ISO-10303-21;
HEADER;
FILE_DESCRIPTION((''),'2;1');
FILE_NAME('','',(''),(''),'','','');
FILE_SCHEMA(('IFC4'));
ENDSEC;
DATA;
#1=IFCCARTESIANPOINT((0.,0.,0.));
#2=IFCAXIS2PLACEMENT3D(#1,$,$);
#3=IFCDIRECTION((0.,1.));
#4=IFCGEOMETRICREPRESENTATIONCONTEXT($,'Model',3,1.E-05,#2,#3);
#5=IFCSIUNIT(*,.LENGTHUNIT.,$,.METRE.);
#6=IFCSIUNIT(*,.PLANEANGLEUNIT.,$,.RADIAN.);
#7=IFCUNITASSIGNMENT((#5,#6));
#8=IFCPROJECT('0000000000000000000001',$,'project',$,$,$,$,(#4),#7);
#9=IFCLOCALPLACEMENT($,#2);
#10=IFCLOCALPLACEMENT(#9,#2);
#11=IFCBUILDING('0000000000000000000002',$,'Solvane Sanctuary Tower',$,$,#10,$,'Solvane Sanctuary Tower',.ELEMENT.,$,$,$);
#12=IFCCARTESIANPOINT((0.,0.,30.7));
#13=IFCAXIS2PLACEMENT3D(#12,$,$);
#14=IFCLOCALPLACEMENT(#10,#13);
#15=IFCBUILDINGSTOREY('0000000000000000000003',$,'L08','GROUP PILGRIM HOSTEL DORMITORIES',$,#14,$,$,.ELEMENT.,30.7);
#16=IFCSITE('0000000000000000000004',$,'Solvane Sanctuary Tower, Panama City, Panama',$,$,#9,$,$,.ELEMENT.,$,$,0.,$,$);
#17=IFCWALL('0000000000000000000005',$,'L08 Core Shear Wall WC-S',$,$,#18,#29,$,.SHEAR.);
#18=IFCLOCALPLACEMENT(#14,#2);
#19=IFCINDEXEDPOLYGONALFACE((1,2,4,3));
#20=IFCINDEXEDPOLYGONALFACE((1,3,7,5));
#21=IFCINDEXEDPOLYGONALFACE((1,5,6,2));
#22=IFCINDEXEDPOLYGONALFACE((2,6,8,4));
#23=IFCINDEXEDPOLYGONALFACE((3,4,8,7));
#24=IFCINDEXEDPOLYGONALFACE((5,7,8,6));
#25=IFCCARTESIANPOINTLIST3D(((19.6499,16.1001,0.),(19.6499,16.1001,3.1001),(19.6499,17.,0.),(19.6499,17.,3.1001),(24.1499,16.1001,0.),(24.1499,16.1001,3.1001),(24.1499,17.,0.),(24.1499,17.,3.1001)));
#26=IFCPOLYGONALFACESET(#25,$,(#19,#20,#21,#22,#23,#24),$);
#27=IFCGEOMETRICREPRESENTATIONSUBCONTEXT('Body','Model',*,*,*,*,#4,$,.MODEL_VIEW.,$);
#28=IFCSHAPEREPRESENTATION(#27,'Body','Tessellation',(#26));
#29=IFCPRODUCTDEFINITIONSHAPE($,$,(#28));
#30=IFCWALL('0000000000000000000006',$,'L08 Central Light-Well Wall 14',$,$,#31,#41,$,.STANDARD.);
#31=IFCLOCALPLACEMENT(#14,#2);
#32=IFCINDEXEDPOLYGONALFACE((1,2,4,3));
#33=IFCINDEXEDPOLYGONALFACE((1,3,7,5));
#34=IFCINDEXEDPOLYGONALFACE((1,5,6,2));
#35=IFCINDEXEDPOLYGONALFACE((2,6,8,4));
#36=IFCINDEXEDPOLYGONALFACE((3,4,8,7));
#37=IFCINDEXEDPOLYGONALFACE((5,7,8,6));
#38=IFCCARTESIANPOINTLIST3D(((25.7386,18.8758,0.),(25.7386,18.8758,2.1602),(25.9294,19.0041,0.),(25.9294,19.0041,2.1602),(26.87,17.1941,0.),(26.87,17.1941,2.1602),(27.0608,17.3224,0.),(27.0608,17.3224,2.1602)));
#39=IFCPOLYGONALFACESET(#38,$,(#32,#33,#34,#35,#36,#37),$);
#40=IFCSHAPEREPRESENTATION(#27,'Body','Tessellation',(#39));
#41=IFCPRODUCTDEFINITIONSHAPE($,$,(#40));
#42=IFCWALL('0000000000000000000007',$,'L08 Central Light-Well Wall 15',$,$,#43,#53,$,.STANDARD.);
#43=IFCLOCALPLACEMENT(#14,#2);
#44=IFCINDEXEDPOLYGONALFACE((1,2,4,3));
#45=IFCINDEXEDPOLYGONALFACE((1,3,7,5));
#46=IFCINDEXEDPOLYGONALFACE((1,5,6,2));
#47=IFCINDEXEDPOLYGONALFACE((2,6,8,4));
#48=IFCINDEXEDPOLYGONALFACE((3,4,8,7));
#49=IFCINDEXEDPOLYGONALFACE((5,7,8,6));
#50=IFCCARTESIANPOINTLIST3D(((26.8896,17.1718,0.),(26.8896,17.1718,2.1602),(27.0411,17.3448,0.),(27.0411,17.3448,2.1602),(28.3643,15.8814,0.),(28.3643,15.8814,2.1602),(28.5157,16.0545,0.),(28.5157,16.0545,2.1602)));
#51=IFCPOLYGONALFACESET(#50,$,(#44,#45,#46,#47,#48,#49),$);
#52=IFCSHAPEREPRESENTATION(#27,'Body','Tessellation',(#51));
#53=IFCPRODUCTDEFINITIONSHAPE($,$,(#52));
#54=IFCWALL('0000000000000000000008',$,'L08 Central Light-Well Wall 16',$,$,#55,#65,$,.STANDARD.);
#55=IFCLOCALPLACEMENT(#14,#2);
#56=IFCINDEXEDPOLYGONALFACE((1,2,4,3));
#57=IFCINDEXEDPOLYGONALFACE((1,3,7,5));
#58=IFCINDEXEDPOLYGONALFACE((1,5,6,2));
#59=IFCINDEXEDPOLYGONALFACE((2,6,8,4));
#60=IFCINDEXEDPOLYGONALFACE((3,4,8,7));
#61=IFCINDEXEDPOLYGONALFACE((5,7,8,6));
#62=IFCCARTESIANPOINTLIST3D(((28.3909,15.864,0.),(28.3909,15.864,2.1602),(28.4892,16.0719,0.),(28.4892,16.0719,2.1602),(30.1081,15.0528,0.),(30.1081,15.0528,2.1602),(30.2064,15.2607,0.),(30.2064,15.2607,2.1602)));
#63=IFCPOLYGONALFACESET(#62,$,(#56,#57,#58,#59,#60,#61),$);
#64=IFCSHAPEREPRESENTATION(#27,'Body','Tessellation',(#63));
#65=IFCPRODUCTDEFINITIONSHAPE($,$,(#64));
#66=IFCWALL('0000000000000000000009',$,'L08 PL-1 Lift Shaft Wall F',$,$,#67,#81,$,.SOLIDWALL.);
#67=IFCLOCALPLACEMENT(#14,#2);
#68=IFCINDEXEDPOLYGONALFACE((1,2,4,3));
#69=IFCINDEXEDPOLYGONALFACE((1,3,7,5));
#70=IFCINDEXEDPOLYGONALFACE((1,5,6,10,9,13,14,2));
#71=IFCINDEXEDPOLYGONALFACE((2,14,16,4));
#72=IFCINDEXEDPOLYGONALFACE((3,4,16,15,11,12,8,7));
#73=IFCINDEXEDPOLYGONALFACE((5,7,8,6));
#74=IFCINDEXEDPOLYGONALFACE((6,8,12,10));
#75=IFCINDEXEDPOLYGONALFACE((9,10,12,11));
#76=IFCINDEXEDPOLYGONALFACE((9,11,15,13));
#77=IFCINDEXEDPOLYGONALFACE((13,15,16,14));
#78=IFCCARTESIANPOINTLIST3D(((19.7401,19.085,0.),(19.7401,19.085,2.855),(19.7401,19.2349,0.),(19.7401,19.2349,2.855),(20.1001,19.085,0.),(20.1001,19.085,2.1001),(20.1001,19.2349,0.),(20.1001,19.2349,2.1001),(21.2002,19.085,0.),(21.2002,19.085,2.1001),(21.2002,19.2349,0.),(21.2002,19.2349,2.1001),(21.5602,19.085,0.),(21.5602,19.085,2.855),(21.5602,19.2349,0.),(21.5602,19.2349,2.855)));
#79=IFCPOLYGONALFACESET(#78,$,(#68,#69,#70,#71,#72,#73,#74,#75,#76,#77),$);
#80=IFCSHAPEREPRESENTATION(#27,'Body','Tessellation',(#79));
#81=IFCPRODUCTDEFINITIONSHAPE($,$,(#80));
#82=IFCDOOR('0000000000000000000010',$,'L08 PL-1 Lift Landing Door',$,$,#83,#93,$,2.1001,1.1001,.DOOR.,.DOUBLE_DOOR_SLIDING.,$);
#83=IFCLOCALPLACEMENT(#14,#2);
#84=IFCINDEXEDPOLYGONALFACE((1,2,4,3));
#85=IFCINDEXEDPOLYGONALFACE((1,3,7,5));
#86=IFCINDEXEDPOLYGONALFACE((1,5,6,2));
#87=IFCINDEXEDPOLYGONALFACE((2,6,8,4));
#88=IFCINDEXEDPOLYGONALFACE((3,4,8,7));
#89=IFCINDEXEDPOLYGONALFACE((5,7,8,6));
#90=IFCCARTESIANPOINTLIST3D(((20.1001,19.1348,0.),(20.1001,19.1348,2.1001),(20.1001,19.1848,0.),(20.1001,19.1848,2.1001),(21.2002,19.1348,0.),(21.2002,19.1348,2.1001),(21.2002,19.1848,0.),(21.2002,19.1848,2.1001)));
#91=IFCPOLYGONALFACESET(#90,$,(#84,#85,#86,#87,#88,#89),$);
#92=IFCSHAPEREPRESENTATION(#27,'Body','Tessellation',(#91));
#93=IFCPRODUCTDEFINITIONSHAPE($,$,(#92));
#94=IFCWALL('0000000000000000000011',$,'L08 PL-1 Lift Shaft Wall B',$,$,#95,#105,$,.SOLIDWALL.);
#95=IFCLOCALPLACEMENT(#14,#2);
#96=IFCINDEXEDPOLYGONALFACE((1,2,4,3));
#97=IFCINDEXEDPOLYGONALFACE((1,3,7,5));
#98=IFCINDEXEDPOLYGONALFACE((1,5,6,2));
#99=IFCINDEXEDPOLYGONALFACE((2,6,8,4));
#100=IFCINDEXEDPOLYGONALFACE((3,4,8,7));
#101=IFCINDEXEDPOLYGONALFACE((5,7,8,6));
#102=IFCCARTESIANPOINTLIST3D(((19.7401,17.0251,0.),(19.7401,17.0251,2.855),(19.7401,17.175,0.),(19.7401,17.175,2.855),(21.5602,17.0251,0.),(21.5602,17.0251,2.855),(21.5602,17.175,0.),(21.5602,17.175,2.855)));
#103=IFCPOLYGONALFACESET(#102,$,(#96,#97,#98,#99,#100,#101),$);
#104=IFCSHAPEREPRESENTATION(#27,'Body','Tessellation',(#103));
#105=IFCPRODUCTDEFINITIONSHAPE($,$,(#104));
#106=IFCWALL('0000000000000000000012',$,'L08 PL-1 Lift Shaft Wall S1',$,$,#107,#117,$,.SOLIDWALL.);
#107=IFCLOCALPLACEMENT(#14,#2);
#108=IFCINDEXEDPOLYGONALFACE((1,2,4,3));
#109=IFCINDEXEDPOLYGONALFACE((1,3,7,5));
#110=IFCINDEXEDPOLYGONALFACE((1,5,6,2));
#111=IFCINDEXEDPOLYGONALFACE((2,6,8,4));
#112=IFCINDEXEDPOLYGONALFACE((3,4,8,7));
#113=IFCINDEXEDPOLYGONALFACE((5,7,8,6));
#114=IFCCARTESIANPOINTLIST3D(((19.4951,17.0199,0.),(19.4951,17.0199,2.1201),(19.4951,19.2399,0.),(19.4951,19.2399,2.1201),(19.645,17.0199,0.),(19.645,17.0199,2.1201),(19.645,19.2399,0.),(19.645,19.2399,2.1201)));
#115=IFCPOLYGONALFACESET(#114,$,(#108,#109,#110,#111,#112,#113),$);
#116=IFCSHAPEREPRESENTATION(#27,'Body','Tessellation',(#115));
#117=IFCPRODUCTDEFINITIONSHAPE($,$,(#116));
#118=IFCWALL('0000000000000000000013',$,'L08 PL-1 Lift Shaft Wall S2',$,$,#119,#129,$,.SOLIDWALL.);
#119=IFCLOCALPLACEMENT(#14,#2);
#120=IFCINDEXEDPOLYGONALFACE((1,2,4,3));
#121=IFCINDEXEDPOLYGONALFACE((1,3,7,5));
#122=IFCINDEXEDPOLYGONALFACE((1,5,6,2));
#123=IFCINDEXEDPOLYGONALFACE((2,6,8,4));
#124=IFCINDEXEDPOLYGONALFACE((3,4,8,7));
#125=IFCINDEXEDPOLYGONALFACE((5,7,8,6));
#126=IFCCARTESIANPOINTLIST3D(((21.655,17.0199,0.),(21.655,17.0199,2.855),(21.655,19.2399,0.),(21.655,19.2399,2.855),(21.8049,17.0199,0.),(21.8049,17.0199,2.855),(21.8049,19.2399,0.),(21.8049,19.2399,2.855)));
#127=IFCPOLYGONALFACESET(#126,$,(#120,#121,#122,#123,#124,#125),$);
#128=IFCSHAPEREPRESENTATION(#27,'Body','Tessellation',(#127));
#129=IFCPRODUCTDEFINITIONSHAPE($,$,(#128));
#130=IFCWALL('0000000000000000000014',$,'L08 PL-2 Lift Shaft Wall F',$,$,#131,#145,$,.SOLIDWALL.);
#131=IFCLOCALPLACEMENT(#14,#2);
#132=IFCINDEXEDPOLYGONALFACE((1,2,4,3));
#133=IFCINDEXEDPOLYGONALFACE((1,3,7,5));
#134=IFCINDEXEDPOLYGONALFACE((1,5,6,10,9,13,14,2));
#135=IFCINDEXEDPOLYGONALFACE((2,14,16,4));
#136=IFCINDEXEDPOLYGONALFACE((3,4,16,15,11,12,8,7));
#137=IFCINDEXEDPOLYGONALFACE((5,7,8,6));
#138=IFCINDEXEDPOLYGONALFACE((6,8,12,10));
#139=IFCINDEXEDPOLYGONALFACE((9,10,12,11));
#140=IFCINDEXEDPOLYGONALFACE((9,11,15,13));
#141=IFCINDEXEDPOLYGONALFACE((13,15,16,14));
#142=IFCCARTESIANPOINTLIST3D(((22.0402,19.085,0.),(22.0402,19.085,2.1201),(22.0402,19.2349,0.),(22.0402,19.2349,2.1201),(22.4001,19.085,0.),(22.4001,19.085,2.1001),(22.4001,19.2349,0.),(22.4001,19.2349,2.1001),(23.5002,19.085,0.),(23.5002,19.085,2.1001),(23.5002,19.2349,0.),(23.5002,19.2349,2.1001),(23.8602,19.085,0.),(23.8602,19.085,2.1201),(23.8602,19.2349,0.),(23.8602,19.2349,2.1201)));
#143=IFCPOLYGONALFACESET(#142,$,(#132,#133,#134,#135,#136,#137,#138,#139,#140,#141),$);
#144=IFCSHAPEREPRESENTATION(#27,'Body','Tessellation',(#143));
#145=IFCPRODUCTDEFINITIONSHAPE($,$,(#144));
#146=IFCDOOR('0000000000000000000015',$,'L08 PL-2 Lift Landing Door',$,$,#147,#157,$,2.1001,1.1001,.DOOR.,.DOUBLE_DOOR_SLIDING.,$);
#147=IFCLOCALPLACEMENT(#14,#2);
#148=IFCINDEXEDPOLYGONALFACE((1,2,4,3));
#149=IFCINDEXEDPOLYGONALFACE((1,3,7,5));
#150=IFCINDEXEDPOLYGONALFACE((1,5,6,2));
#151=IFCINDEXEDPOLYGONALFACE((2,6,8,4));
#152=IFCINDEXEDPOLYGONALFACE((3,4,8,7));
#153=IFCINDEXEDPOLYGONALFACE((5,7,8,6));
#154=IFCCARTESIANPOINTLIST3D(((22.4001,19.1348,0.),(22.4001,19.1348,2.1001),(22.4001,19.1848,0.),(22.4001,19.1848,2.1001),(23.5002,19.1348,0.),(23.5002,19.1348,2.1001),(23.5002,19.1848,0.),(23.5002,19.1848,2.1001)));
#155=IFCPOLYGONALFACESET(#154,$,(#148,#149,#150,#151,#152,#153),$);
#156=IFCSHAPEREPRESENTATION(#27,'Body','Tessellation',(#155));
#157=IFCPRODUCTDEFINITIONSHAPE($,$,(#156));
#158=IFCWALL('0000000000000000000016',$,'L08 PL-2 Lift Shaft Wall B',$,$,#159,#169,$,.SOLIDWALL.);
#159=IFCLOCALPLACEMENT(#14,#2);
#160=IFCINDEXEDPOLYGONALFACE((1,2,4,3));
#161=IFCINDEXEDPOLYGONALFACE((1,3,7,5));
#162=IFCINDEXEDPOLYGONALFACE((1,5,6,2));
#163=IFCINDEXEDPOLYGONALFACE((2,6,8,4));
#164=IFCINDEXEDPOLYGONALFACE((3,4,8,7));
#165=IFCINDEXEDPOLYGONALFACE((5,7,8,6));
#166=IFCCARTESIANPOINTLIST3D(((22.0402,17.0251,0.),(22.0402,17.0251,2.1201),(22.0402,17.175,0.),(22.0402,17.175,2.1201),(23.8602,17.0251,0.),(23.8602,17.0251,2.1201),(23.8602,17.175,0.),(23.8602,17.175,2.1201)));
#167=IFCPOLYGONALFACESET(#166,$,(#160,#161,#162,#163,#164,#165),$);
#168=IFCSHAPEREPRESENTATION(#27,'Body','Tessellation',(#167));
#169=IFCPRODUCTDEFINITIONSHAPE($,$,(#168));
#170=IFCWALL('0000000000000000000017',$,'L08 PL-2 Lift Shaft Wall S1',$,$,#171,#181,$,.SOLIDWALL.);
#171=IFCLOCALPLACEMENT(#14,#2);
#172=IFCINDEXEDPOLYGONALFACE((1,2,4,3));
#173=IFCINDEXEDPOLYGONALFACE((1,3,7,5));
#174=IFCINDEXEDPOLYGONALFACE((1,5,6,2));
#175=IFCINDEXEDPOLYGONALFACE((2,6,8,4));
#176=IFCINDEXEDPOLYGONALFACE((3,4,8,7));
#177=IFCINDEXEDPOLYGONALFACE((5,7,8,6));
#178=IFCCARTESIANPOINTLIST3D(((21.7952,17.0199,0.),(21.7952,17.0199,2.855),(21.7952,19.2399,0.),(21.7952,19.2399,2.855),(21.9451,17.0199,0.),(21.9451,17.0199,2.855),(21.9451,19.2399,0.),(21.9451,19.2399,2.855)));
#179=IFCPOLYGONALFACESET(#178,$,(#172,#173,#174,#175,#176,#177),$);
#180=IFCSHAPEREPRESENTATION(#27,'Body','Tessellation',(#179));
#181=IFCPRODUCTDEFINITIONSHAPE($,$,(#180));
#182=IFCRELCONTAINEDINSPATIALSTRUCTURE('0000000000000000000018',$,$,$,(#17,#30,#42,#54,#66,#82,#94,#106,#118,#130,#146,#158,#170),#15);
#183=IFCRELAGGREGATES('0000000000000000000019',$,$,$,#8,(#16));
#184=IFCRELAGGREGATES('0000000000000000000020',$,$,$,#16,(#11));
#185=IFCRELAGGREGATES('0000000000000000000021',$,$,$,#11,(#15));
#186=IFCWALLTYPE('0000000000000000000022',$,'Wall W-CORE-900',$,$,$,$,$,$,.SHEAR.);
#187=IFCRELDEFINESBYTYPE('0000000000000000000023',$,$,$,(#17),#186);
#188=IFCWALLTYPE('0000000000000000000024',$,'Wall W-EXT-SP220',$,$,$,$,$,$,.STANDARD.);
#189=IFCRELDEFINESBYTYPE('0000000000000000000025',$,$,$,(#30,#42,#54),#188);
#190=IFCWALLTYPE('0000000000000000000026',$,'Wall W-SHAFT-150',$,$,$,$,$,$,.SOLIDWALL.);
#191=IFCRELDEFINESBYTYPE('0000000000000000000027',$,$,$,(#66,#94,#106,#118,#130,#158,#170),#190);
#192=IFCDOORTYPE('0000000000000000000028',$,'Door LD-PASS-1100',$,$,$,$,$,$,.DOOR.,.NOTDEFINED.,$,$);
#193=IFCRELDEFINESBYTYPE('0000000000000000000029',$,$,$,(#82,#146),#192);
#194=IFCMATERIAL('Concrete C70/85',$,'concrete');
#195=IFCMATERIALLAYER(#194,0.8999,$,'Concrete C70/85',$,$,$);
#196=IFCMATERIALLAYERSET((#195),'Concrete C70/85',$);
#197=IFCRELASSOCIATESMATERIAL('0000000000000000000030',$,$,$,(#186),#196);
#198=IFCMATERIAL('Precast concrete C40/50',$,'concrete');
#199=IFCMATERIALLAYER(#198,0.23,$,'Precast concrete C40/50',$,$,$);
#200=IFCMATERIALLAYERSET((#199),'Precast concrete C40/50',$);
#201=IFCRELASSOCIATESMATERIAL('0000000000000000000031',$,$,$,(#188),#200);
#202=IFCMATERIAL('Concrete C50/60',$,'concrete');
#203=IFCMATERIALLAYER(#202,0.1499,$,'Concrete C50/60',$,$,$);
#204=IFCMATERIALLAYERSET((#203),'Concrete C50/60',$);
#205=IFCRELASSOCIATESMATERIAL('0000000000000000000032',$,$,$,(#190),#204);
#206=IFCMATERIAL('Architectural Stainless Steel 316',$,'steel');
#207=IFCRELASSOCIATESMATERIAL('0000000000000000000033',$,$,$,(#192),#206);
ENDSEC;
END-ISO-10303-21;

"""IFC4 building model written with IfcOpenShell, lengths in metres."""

from ifc_helpers import new_model, si_unit, direction, frame, frame_2d, origin, place, context, subcontext, project, spatial, rectangle, extrude, material, layer, layer_set, type_object, element, fill, save


model = new_model("IFC4")

# Units and contexts
model_context = context("Model", 3, precision=1e-05, world=origin(), true_north=direction((0.0, 1.0)))
body_context = subcontext(model_context, "Body", "Model", "MODEL_VIEW")
ifc_project = project(units=[si_unit("LENGTHUNIT", "METRE"), si_unit("PLANEANGLEUNIT", "RADIAN")], contexts=[model_context])

# Site, building, storey
site_placement = place(None, origin())
site = spatial("IfcSite", under=ifc_project, at=site_placement, Name="Solvane Sanctuary Tower, Panama City, Panama", CompositionType="ELEMENT", RefElevation=0.0)
building_placement = place(site_placement, origin())
building = spatial("IfcBuilding", under=site, at=building_placement, Name="Solvane Sanctuary Tower", LongName="Solvane Sanctuary Tower", CompositionType="ELEMENT")
storey_placement = place(building_placement, frame((0.0, 0.0, 30.7)))
storey = spatial("IfcBuildingStorey", under=building, at=storey_placement, Name="L08", Description="GROUP PILGRIM HOSTEL DORMITORIES", CompositionType="ELEMENT", Elevation=30.7)

# Shared definitions
ifc_material_1 = material(Name="Concrete C70/85", Category="concrete")

# Walls
ifc_layer_1 = layer(ifc_material_1, 0.8999, Name="Concrete C70/85")
ifc_layer_set_1 = layer_set([ifc_layer_1], Name="Concrete C70/85")
wall_type_1 = type_object("IfcWallType", Name="Wall W-CORE-900", PredefinedType="SHEAR", material=ifc_layer_set_1)
wall_1_placement = place(storey_placement, frame((19.6499, 16.55, 0.0), z_axis=(0.0, 0.0, 1.0), x_axis=(1.0, 0.0, 0.0)))
element("IfcWall", 1, at=wall_1_placement, inside=storey, type_object=wall_type_1, Name="L08 Core Shear Wall WC-S", PredefinedType="SHEAR", context=body_context, shape_type="SweptSolid", body=[
    extrude(rectangle(XDim=4.5, YDim=0.8999, at=frame_2d((2.25, 0.0))), origin(), (0.0, 0.0, 1.0), 3.1001),
])
ifc_material_2 = material(Name="Precast concrete C40/50", Category="concrete")
ifc_layer_2 = layer(ifc_material_2, 0.23, Name="Precast concrete C40/50")
ifc_layer_set_2 = layer_set([ifc_layer_2], Name="Precast concrete C40/50")
wall_type_2 = type_object("IfcWallType", Name="Wall W-EXT-SP220", PredefinedType="STANDARD", material=ifc_layer_set_2)
wall_2_placement = place(storey_placement, frame((25.834, 18.9399, 0.0), z_axis=(0.0, 0.0, 1.0), x_axis=(0.558198, -0.829708, 0.0)))
element("IfcWall", 2, at=wall_2_placement, inside=storey, type_object=wall_type_2, Name="L08 Central Light-Well Wall 14", PredefinedType="STANDARD", context=body_context, shape_type="SweptSolid", body=[
    extrude(rectangle(XDim=2.0269, YDim=0.23, at=frame_2d((1.0134, 0.0))), origin(), (0.0, 0.0, 1.0), 2.1602),
])
wall_3_placement = place(storey_placement, frame((26.9653, 17.2583, 0.0), z_axis=(0.0, 0.0, 1.0), x_axis=(0.752577, -0.658505, 0.0)))
element("IfcWall", 3, at=wall_3_placement, inside=storey, type_object=wall_type_2, Name="L08 Central Light-Well Wall 15", PredefinedType="STANDARD", context=body_context, shape_type="SweptSolid", body=[
    extrude(rectangle(XDim=1.9595, YDim=0.23, at=frame_2d((0.9797, 0.0))), origin(), (0.0, 0.0, 1.0), 2.1602),
])
wall_4_placement = place(storey_placement, frame((28.4399, 15.968, 0.0), z_axis=(0.0, 0.0, 1.0), x_axis=(0.90418, -0.427152, 0.0)))
element("IfcWall", 4, at=wall_4_placement, inside=storey, type_object=wall_type_2, Name="L08 Central Light-Well Wall 16", PredefinedType="STANDARD", context=body_context, shape_type="SweptSolid", body=[
    extrude(rectangle(XDim=1.8992, YDim=0.23, at=frame_2d((0.9497, 0.0))), origin(), (0.0, 0.0, 1.0), 2.1602),
])

# Wall, opening, door
ifc_material_3 = material(Name="Concrete C50/60", Category="concrete")
ifc_layer_3 = layer(ifc_material_3, 0.1499, Name="Concrete C50/60")
ifc_layer_set_3 = layer_set([ifc_layer_3], Name="Concrete C50/60")
wall_type_3 = type_object("IfcWallType", Name="Wall W-SHAFT-150", PredefinedType="SOLIDWALL", material=ifc_layer_set_3)
wall_5_placement = place(storey_placement, frame((19.74, 19.1599, 0.0), z_axis=(0.0, 0.0, 1.0), x_axis=(1.0, 0.0, 0.0)))
wall_5 = element("IfcWall", 5, at=wall_5_placement, inside=storey, type_object=wall_type_3, Name="L08 PL-1 Lift Shaft Wall F", PredefinedType="SOLIDWALL", context=body_context, shape_type="SweptSolid", body=[
    extrude(rectangle(XDim=1.8201, YDim=0.1499, at=frame_2d((0.9102, 0.0))), origin(), (0.0, 0.0, 1.0), 2.855),
])
opening_1_placement = place(wall_5_placement, frame((0.3601, 0.0, 0.0)))
opening_1 = element("IfcOpeningElement", 6, at=opening_1_placement, cuts=wall_5, PredefinedType="OPENING", context=body_context, shape_type="SweptSolid", body=[
    extrude(rectangle(XDim=1.1001, YDim=2.1001, at=frame_2d((0.55, 1.05))), frame((0.0, 0.085, 0.0), z_axis=(0.0, -1.0, 0.0), x_axis=(1.0, 0.0, 0.0)), (0.0, 0.0, 1.0), 0.1699),
])
ifc_material_4 = material(Name="Architectural Stainless Steel 316", Category="steel")
door_type = type_object("IfcDoorType", Name="Door LD-PASS-1100", OperationType="NOTDEFINED", PredefinedType="DOOR", material=ifc_material_4)
door_1_placement = place(opening_1_placement, origin())
door_1 = element("IfcDoor", 7, at=door_1_placement, inside=storey, type_object=door_type, Name="L08 PL-1 Lift Landing Door", OperationType="DOUBLE_DOOR_SLIDING", OverallHeight=2.1001, OverallWidth=1.1001, PredefinedType="DOOR", context=body_context, shape_type="SweptSolid", body=[
    extrude(rectangle(XDim=1.1001, YDim=2.1001, at=frame_2d((0.55, 1.05))), frame((0.0, 0.0249, 0.0), z_axis=(0.0, -1.0, 0.0), x_axis=(1.0, 0.0, 0.0)), (0.0, 0.0, 1.0), 0.05),
])
fill(opening_1, door_1)

# Walls
wall_6_placement = place(storey_placement, frame((19.74, 17.1001, 0.0), z_axis=(0.0, 0.0, 1.0), x_axis=(1.0, 0.0, 0.0)))
element("IfcWall", 8, at=wall_6_placement, inside=storey, type_object=wall_type_3, Name="L08 PL-1 Lift Shaft Wall B", PredefinedType="SOLIDWALL", context=body_context, shape_type="SweptSolid", body=[
    extrude(rectangle(XDim=1.8201, YDim=0.1499, at=frame_2d((0.9102, 0.0))), origin(), (0.0, 0.0, 1.0), 2.855),
])
wall_7_placement = place(storey_placement, frame((19.5701, 17.02, 0.0), z_axis=(0.0, 0.0, 1.0), x_axis=(0.0, 1.0, 0.0)))
element("IfcWall", 9, at=wall_7_placement, inside=storey, type_object=wall_type_3, Name="L08 PL-1 Lift Shaft Wall S1", PredefinedType="SOLIDWALL", context=body_context, shape_type="SweptSolid", body=[
    extrude(rectangle(XDim=2.22, YDim=0.1499, at=frame_2d((1.1099, 0.0))), origin(), (0.0, 0.0, 1.0), 2.1201),
])
wall_8_placement = place(storey_placement, frame((21.73, 17.02, 0.0), z_axis=(0.0, 0.0, 1.0), x_axis=(0.0, 1.0, 0.0)))
element("IfcWall", 10, at=wall_8_placement, inside=storey, type_object=wall_type_3, Name="L08 PL-1 Lift Shaft Wall S2", PredefinedType="SOLIDWALL", context=body_context, shape_type="SweptSolid", body=[
    extrude(rectangle(XDim=2.22, YDim=0.1499, at=frame_2d((1.1099, 0.0))), origin(), (0.0, 0.0, 1.0), 2.855),
])

# Wall, opening, door
wall_9_placement = place(storey_placement, frame((22.04, 19.1599, 0.0), z_axis=(0.0, 0.0, 1.0), x_axis=(1.0, 0.0, 0.0)))
wall_9 = element("IfcWall", 11, at=wall_9_placement, inside=storey, type_object=wall_type_3, Name="L08 PL-2 Lift Shaft Wall F", PredefinedType="SOLIDWALL", context=body_context, shape_type="SweptSolid", body=[
    extrude(rectangle(XDim=1.8201, YDim=0.1499, at=frame_2d((0.9102, 0.0))), origin(), (0.0, 0.0, 1.0), 2.1201),
])
opening_2_placement = place(wall_9_placement, frame((0.3601, 0.0, 0.0)))
opening_2 = element("IfcOpeningElement", 12, at=opening_2_placement, cuts=wall_9, PredefinedType="OPENING", context=body_context, shape_type="SweptSolid", body=[
    extrude(rectangle(XDim=1.1001, YDim=2.1001, at=frame_2d((0.55, 1.05))), frame((0.0, 0.085, 0.0), z_axis=(0.0, -1.0, 0.0), x_axis=(1.0, 0.0, 0.0)), (0.0, 0.0, 1.0), 0.1699),
])
door_2_placement = place(opening_2_placement, origin())
door_2 = element("IfcDoor", 13, at=door_2_placement, inside=storey, type_object=door_type, Name="L08 PL-2 Lift Landing Door", OperationType="DOUBLE_DOOR_SLIDING", OverallHeight=2.1001, OverallWidth=1.1001, PredefinedType="DOOR", context=body_context, shape_type="SweptSolid", body=[
    extrude(rectangle(XDim=1.1001, YDim=2.1001, at=frame_2d((0.55, 1.05))), frame((0.0, 0.0249, 0.0), z_axis=(0.0, -1.0, 0.0), x_axis=(1.0, 0.0, 0.0)), (0.0, 0.0, 1.0), 0.05),
])
fill(opening_2, door_2)

# Walls
wall_10_placement = place(storey_placement, frame((22.04, 17.1001, 0.0), z_axis=(0.0, 0.0, 1.0), x_axis=(1.0, 0.0, 0.0)))
element("IfcWall", 14, at=wall_10_placement, inside=storey, type_object=wall_type_3, Name="L08 PL-2 Lift Shaft Wall B", PredefinedType="SOLIDWALL", context=body_context, shape_type="SweptSolid", body=[
    extrude(rectangle(XDim=1.8201, YDim=0.1499, at=frame_2d((0.9102, 0.0))), origin(), (0.0, 0.0, 1.0), 2.1201),
])
wall_11_placement = place(storey_placement, frame((21.8701, 17.02, 0.0), z_axis=(0.0, 0.0, 1.0), x_axis=(0.0, 1.0, 0.0)))
element("IfcWall", 15, at=wall_11_placement, inside=storey, type_object=wall_type_3, Name="L08 PL-2 Lift Shaft Wall S1", PredefinedType="SOLIDWALL", context=body_context, shape_type="SweptSolid", body=[
    extrude(rectangle(XDim=2.22, YDim=0.1499, at=frame_2d((1.1099, 0.0))), origin(), (0.0, 0.0, 1.0), 2.855),
])

save(model, "model.ifc")
